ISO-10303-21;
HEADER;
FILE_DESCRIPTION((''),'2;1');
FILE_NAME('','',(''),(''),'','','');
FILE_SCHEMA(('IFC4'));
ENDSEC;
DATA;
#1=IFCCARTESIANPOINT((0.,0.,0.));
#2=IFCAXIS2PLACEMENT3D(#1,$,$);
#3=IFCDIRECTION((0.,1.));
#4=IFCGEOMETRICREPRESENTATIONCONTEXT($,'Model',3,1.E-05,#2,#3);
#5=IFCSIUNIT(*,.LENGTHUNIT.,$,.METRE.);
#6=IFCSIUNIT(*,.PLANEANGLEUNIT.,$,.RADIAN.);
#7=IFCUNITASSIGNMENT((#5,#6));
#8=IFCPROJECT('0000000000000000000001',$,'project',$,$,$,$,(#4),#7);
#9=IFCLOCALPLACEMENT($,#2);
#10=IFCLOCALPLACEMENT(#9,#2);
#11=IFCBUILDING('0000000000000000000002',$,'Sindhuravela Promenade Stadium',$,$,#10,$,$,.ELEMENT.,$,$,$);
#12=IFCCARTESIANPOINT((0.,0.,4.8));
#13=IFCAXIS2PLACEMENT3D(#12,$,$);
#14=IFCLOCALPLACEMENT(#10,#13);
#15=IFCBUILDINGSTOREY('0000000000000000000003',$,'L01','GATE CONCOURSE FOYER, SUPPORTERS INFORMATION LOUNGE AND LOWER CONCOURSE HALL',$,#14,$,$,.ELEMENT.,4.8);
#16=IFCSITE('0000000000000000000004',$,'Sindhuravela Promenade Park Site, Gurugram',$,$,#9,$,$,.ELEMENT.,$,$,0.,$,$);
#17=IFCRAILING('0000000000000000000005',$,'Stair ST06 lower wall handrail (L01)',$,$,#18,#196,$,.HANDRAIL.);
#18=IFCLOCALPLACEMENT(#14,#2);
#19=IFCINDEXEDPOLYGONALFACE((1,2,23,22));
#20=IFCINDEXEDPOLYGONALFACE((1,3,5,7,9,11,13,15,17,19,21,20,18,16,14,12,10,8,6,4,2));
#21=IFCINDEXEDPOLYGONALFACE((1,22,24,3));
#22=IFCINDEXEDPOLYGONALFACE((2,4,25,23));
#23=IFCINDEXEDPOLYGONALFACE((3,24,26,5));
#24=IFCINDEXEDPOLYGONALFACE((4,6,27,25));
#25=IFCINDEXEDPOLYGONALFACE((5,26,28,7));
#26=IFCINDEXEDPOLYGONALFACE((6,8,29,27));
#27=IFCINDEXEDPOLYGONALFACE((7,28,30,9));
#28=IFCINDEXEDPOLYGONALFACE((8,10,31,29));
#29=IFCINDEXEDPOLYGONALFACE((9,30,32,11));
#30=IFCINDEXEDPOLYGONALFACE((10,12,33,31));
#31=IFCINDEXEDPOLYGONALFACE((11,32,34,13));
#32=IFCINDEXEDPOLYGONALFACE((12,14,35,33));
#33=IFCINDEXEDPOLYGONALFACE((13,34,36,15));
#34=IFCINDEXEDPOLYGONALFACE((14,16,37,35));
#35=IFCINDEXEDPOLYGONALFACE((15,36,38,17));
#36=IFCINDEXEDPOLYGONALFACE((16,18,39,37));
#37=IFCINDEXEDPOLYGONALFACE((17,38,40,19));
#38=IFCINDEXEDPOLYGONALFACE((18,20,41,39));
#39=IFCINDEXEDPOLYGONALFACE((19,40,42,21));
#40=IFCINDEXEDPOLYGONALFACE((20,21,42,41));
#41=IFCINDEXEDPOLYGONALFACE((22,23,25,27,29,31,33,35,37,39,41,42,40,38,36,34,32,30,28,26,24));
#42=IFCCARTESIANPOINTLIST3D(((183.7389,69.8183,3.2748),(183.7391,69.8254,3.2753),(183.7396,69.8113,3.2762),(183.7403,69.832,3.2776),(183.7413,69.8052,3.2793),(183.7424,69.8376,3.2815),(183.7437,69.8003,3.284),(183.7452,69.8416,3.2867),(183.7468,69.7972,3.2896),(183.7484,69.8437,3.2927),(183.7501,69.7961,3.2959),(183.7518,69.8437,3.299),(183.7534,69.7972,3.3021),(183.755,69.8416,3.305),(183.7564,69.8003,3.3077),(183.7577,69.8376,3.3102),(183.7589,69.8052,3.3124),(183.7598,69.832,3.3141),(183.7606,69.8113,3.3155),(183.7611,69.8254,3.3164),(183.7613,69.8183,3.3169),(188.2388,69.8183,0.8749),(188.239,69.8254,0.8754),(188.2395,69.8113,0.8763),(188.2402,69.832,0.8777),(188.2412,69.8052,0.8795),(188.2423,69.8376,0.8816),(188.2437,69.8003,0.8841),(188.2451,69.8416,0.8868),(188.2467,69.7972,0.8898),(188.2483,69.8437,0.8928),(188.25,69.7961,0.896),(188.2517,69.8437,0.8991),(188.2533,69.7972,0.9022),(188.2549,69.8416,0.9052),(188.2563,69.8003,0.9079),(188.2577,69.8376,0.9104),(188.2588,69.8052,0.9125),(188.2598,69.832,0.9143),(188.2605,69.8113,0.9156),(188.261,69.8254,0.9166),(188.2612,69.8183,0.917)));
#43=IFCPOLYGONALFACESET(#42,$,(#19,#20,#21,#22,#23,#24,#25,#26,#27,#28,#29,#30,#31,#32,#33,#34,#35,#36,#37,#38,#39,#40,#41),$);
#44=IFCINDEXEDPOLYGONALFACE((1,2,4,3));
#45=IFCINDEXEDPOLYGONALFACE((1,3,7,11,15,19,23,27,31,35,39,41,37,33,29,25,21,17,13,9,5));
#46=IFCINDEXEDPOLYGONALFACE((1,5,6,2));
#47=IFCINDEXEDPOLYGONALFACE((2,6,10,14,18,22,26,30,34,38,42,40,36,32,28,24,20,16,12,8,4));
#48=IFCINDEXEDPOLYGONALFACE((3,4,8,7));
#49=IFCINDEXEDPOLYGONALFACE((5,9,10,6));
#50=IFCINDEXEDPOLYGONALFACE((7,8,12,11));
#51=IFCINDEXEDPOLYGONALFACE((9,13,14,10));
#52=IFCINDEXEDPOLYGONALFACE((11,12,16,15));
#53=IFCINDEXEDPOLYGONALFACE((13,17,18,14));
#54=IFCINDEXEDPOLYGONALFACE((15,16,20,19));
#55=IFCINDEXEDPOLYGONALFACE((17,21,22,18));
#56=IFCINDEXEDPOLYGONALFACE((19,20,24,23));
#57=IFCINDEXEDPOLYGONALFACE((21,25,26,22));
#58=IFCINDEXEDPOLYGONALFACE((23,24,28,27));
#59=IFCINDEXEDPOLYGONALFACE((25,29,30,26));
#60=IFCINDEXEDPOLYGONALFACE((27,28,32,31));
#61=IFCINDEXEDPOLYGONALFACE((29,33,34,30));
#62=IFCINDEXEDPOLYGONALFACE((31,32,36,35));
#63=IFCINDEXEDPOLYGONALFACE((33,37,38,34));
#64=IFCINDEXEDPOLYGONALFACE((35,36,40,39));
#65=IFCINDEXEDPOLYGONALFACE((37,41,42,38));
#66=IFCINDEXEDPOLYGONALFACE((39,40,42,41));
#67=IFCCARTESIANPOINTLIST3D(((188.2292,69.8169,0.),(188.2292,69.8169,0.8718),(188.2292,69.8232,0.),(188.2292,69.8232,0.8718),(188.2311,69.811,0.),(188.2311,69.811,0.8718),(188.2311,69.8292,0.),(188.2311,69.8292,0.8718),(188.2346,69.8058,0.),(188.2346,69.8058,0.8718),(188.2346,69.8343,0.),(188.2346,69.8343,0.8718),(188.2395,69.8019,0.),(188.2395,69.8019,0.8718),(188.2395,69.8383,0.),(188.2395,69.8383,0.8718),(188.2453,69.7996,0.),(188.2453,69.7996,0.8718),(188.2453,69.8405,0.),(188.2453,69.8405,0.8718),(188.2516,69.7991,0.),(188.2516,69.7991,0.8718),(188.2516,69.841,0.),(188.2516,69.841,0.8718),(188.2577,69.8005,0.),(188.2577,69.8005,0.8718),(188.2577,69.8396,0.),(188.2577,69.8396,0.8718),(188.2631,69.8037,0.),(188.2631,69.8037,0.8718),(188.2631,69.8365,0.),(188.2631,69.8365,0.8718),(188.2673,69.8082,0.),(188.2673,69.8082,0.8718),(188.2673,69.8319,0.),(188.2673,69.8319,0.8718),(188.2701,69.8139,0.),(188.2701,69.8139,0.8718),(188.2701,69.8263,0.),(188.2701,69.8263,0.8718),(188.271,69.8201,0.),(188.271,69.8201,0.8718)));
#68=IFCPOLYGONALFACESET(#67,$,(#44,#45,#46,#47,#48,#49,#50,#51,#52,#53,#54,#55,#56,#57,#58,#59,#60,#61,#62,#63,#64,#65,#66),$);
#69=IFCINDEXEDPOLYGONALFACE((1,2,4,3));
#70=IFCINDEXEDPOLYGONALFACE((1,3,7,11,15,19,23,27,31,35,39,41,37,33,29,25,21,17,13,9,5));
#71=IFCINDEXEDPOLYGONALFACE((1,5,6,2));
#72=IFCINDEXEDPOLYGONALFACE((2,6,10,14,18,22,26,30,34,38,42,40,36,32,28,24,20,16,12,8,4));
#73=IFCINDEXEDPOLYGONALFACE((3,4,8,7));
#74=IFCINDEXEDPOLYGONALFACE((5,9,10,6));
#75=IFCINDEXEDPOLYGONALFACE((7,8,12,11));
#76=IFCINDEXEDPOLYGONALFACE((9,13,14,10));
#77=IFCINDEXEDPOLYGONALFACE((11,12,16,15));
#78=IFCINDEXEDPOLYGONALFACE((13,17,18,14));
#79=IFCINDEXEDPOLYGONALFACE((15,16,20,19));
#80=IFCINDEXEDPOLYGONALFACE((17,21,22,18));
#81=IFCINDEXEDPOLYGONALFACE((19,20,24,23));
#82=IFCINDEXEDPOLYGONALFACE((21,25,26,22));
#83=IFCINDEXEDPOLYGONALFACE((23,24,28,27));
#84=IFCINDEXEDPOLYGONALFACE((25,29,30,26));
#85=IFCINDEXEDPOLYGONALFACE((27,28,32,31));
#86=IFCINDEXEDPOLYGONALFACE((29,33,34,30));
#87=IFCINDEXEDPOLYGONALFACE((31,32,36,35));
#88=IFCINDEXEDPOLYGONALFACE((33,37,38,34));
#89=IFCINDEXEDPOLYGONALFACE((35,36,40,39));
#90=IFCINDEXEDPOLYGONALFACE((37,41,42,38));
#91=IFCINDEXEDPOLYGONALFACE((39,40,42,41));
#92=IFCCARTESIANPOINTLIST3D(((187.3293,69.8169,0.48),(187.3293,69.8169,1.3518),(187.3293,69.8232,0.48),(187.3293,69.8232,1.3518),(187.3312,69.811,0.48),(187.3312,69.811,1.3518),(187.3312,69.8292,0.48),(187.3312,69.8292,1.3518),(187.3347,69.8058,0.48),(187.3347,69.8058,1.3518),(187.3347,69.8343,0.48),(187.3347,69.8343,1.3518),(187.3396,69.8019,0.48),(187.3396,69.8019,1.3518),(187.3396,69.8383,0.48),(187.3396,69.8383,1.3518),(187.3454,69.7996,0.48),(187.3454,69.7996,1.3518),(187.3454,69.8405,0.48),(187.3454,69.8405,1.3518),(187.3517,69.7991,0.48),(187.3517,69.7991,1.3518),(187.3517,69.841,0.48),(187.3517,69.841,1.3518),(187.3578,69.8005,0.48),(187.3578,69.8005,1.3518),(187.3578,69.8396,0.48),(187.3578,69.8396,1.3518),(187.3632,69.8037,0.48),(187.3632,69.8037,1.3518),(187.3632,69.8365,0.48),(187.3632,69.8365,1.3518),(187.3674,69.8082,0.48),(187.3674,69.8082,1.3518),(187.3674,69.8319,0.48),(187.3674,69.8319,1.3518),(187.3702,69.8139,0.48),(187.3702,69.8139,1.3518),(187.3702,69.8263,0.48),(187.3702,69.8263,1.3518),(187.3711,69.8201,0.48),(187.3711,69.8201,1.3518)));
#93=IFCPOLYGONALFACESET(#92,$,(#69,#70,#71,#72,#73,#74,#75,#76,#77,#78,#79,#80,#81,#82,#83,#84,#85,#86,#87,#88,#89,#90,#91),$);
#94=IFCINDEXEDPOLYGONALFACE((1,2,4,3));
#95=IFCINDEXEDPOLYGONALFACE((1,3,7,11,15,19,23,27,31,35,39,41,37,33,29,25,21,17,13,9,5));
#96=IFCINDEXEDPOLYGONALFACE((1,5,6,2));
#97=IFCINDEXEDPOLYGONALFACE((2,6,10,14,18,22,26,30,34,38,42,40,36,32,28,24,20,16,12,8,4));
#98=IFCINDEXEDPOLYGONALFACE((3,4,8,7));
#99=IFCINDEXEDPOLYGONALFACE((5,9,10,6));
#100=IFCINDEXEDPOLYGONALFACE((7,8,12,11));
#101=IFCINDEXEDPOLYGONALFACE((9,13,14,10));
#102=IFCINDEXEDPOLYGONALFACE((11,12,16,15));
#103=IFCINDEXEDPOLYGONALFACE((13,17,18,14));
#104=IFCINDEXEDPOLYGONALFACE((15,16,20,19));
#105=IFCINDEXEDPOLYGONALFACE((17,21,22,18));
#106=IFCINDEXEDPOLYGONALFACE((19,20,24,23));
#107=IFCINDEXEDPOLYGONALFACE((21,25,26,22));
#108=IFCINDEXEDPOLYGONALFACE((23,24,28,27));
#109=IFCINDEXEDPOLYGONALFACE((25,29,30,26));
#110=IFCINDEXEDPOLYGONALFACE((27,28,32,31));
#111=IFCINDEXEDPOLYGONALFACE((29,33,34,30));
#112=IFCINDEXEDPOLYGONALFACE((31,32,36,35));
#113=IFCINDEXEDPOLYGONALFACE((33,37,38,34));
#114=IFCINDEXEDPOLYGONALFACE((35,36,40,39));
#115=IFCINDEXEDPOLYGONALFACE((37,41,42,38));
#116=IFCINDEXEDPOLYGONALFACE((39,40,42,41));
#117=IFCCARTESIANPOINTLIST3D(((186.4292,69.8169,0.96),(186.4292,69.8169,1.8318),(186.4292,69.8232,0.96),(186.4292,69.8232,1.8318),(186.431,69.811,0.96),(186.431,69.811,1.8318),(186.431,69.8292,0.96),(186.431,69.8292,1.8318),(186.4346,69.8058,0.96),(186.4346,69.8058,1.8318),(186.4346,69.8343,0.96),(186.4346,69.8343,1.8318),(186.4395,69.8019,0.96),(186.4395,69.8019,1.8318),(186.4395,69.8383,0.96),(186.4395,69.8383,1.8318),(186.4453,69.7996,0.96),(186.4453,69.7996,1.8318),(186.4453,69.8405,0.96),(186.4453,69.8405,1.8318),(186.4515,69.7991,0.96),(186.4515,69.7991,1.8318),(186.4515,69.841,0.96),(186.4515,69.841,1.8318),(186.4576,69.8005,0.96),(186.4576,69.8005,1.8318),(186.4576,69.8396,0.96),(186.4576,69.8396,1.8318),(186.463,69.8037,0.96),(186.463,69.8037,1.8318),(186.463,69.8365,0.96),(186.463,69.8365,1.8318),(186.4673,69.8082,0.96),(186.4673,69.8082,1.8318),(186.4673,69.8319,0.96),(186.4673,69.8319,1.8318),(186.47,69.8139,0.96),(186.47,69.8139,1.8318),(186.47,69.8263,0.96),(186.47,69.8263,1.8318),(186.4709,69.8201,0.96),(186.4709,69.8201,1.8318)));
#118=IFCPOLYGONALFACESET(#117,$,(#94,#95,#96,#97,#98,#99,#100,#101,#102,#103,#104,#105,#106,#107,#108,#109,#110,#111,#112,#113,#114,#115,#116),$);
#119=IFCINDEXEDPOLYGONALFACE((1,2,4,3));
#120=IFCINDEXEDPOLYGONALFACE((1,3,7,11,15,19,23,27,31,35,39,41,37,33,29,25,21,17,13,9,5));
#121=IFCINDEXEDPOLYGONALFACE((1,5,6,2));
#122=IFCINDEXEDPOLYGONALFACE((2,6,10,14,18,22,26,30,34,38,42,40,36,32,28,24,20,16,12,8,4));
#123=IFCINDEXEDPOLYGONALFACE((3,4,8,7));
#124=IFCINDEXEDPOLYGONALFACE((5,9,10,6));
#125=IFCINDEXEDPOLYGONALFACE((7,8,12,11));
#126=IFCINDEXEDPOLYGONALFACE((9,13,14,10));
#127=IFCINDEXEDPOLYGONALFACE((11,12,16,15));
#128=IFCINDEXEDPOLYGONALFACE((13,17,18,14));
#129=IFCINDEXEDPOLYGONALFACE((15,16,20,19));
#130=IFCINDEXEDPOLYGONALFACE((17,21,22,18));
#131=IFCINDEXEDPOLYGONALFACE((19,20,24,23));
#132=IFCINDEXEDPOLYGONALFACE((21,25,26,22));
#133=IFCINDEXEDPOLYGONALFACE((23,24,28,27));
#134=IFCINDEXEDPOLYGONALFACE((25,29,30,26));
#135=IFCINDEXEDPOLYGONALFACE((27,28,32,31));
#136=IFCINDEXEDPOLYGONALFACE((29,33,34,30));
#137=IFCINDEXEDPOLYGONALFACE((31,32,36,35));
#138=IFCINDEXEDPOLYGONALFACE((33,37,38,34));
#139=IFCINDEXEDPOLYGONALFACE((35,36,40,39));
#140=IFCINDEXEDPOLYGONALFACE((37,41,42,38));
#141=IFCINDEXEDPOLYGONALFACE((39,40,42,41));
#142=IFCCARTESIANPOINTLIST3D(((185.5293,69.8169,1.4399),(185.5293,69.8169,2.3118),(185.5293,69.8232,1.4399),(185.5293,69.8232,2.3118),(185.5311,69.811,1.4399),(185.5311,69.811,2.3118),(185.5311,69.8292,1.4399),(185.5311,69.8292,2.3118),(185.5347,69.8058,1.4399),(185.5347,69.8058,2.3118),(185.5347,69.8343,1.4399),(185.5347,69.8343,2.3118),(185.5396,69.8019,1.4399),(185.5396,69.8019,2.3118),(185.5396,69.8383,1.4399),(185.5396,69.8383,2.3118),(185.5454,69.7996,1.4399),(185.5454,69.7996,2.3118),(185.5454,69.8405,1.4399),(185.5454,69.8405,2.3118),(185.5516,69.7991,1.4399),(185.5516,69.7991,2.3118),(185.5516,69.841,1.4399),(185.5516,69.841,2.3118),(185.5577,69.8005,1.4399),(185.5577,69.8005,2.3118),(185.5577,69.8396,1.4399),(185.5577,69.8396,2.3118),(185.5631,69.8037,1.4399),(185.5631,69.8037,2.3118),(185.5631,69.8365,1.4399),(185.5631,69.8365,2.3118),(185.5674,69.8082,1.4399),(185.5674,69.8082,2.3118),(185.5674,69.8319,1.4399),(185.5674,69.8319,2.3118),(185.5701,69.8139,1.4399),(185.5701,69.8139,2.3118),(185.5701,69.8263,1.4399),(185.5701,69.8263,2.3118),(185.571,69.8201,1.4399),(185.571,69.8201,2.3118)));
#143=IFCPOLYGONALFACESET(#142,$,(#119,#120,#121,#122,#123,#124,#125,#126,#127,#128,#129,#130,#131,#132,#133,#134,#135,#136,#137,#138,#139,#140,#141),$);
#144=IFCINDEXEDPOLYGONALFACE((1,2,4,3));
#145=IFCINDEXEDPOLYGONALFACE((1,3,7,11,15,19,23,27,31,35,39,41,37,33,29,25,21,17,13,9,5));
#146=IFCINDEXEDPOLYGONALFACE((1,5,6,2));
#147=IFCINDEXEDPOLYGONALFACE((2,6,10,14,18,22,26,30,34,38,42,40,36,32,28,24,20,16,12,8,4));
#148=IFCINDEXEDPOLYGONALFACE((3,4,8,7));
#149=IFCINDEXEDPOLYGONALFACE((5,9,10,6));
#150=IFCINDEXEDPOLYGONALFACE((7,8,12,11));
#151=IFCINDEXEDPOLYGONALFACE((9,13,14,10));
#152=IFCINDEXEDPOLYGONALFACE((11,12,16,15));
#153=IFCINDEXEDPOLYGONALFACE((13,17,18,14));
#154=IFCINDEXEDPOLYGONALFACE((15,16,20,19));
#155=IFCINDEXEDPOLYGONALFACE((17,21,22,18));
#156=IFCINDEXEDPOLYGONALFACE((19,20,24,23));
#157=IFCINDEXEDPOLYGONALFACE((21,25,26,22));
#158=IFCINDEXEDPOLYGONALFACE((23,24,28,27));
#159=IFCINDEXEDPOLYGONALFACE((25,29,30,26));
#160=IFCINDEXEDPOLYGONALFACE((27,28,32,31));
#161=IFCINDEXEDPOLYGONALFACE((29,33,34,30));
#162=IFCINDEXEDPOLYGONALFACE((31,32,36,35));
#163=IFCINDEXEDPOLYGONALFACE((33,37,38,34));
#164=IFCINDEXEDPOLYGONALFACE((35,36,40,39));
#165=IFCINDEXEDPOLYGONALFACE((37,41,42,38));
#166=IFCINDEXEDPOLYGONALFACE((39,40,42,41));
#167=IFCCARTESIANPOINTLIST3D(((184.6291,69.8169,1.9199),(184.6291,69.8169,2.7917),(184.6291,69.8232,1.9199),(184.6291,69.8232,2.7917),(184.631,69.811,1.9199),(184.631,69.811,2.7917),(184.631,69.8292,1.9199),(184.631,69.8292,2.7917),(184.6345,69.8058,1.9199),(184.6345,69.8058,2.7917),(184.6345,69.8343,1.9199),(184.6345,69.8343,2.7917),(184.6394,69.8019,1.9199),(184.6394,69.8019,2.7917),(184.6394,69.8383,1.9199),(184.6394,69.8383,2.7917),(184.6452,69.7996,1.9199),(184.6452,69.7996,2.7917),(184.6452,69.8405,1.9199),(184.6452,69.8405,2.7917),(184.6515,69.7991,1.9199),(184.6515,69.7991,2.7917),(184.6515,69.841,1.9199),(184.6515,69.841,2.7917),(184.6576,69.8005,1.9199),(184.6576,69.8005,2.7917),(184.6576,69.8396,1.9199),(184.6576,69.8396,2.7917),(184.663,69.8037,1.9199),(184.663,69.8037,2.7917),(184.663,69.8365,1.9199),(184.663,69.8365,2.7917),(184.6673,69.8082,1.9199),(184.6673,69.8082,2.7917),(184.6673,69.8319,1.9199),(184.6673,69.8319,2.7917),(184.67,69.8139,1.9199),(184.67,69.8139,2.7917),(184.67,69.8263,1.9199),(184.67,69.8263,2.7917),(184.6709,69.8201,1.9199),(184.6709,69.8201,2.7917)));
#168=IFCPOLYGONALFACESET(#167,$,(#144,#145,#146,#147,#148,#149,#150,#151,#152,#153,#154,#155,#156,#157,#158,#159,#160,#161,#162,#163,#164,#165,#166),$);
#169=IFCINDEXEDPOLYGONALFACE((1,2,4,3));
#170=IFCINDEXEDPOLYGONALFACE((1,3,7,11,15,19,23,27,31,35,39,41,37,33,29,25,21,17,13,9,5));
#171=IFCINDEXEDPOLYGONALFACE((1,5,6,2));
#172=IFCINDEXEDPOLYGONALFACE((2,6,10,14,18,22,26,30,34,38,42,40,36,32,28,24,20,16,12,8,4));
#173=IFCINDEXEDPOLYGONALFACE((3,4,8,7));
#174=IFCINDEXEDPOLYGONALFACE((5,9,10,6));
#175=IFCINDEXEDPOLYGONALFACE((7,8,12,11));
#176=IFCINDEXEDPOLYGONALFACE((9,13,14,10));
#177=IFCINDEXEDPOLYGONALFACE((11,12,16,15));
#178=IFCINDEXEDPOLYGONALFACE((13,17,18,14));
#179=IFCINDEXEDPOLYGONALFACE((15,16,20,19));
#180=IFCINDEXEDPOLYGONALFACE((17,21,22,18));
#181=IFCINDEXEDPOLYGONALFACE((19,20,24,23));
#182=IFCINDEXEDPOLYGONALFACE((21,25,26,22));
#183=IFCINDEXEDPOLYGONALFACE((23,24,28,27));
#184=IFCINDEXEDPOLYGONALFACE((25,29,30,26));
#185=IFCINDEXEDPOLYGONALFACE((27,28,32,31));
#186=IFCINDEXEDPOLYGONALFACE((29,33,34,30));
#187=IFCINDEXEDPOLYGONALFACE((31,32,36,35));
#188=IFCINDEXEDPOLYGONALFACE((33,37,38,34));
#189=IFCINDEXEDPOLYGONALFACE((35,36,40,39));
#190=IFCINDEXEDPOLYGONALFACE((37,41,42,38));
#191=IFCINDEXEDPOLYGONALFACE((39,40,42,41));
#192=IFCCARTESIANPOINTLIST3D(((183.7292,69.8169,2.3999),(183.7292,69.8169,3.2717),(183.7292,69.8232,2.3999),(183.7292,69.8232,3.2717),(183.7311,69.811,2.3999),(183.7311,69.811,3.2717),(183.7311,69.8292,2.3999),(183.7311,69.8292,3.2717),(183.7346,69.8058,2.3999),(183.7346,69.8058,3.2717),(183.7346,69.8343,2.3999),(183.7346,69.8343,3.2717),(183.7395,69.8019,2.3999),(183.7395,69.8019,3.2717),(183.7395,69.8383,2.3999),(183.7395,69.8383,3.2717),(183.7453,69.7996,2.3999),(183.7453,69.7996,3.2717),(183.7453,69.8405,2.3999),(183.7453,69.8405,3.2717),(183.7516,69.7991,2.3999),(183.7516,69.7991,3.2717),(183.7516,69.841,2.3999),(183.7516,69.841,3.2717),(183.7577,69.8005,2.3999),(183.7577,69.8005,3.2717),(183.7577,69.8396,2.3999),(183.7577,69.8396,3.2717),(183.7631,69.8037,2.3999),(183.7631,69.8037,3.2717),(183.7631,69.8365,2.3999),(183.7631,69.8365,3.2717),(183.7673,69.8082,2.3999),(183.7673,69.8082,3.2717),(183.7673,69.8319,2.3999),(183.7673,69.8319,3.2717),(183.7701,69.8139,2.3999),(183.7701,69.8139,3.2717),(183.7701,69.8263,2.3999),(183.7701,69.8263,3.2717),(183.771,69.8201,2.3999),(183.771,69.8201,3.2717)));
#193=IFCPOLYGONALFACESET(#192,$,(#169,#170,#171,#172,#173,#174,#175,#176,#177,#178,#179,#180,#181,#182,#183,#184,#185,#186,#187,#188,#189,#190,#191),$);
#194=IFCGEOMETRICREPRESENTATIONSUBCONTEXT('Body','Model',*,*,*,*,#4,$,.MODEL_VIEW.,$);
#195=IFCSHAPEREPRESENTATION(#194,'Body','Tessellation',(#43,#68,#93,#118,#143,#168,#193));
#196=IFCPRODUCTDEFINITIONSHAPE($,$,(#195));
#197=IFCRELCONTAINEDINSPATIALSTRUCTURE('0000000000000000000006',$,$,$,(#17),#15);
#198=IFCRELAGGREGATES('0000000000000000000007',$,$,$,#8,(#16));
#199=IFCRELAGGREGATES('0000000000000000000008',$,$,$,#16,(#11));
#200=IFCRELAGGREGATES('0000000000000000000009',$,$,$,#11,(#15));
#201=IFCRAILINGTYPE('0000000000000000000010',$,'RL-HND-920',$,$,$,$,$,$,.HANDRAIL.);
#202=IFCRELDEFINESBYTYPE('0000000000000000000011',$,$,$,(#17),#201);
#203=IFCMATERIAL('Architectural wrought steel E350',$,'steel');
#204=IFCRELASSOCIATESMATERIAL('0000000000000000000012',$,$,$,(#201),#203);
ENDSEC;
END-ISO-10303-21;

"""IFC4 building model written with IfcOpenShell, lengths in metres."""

from ifc_helpers import new_model, si_unit, direction, frame, origin, origin_2d, place, context, subcontext, project, spatial, circle, extrude, material, type_object, element, save


model = new_model("IFC4")

# Units and contexts
model_context = context("Model", 3, precision=1e-05, world=origin(), true_north=direction((0.0, 1.0)))
body_context = subcontext(model_context, "Body", "Model", "MODEL_VIEW")
ifc_project = project(units=[si_unit("LENGTHUNIT", "METRE"), si_unit("PLANEANGLEUNIT", "RADIAN")], contexts=[model_context])

# Site, building, storey
site_placement = place(None, origin())
site = spatial("IfcSite", under=ifc_project, at=site_placement, Name="Sindhuravela Promenade Park Site, Gurugram", CompositionType="ELEMENT", RefElevation=0.0)
building_placement = place(site_placement, origin())
building = spatial("IfcBuilding", under=site, at=building_placement, Name="Sindhuravela Promenade Stadium", CompositionType="ELEMENT")
storey_placement = place(building_placement, frame((0.0, 0.0, 4.8)))
storey = spatial("IfcBuildingStorey", under=building, at=storey_placement, Name="L01", Description="GATE CONCOURSE FOYER, SUPPORTERS INFORMATION LOUNGE AND LOWER CONCOURSE HALL", CompositionType="ELEMENT", Elevation=4.8)

# Shared definitions
ifc_material_1 = material(Name="Architectural wrought steel E350", Category="steel")

# Railing
railing_type_1 = type_object("IfcRailingType", Name="RL-HND-920", PredefinedType="HANDRAIL", material=ifc_material_1)
railing_1_placement = place(storey_placement, frame((188.25, 69.8201, 0.0)))
element("IfcRailing", 1, at=railing_1_placement, inside=storey, type_object=railing_type_1, Name="Stair ST06 lower wall handrail (L01)", PredefinedType="HANDRAIL", context=body_context, shape_type="SweptSolid", body=[
    extrude(circle(Radius=0.0239, at=origin_2d()), frame((0.0, 0.0, 0.896), z_axis=(-0.882361, 0.0, 0.470573), x_axis=(0.0, -1.0, 0.0)), (0.0, 0.0, 1.0), 5.0999),
    extrude(circle(Radius=0.021, at=origin_2d()), origin(), (0.0, 0.0, 1.0), 0.8718),
    extrude(circle(Radius=0.021, at=origin_2d()), frame((-0.8999, 0.0, 0.48)), (0.0, 0.0, 1.0), 0.8718),
    extrude(circle(Radius=0.021, at=origin_2d()), frame((-1.8, 0.0, 0.96)), (0.0, 0.0, 1.0), 0.8718),
    extrude(circle(Radius=0.021, at=origin_2d()), frame((-2.7, 0.0, 1.4399)), (0.0, 0.0, 1.0), 0.8718),
    extrude(circle(Radius=0.021, at=origin_2d()), frame((-3.6001, 0.0, 1.9199)), (0.0, 0.0, 1.0), 0.8718),
    extrude(circle(Radius=0.021, at=origin_2d()), frame((-4.5, 0.0, 2.3999)), (0.0, 0.0, 1.0), 0.8718),
])

save(model, "model.ifc")
